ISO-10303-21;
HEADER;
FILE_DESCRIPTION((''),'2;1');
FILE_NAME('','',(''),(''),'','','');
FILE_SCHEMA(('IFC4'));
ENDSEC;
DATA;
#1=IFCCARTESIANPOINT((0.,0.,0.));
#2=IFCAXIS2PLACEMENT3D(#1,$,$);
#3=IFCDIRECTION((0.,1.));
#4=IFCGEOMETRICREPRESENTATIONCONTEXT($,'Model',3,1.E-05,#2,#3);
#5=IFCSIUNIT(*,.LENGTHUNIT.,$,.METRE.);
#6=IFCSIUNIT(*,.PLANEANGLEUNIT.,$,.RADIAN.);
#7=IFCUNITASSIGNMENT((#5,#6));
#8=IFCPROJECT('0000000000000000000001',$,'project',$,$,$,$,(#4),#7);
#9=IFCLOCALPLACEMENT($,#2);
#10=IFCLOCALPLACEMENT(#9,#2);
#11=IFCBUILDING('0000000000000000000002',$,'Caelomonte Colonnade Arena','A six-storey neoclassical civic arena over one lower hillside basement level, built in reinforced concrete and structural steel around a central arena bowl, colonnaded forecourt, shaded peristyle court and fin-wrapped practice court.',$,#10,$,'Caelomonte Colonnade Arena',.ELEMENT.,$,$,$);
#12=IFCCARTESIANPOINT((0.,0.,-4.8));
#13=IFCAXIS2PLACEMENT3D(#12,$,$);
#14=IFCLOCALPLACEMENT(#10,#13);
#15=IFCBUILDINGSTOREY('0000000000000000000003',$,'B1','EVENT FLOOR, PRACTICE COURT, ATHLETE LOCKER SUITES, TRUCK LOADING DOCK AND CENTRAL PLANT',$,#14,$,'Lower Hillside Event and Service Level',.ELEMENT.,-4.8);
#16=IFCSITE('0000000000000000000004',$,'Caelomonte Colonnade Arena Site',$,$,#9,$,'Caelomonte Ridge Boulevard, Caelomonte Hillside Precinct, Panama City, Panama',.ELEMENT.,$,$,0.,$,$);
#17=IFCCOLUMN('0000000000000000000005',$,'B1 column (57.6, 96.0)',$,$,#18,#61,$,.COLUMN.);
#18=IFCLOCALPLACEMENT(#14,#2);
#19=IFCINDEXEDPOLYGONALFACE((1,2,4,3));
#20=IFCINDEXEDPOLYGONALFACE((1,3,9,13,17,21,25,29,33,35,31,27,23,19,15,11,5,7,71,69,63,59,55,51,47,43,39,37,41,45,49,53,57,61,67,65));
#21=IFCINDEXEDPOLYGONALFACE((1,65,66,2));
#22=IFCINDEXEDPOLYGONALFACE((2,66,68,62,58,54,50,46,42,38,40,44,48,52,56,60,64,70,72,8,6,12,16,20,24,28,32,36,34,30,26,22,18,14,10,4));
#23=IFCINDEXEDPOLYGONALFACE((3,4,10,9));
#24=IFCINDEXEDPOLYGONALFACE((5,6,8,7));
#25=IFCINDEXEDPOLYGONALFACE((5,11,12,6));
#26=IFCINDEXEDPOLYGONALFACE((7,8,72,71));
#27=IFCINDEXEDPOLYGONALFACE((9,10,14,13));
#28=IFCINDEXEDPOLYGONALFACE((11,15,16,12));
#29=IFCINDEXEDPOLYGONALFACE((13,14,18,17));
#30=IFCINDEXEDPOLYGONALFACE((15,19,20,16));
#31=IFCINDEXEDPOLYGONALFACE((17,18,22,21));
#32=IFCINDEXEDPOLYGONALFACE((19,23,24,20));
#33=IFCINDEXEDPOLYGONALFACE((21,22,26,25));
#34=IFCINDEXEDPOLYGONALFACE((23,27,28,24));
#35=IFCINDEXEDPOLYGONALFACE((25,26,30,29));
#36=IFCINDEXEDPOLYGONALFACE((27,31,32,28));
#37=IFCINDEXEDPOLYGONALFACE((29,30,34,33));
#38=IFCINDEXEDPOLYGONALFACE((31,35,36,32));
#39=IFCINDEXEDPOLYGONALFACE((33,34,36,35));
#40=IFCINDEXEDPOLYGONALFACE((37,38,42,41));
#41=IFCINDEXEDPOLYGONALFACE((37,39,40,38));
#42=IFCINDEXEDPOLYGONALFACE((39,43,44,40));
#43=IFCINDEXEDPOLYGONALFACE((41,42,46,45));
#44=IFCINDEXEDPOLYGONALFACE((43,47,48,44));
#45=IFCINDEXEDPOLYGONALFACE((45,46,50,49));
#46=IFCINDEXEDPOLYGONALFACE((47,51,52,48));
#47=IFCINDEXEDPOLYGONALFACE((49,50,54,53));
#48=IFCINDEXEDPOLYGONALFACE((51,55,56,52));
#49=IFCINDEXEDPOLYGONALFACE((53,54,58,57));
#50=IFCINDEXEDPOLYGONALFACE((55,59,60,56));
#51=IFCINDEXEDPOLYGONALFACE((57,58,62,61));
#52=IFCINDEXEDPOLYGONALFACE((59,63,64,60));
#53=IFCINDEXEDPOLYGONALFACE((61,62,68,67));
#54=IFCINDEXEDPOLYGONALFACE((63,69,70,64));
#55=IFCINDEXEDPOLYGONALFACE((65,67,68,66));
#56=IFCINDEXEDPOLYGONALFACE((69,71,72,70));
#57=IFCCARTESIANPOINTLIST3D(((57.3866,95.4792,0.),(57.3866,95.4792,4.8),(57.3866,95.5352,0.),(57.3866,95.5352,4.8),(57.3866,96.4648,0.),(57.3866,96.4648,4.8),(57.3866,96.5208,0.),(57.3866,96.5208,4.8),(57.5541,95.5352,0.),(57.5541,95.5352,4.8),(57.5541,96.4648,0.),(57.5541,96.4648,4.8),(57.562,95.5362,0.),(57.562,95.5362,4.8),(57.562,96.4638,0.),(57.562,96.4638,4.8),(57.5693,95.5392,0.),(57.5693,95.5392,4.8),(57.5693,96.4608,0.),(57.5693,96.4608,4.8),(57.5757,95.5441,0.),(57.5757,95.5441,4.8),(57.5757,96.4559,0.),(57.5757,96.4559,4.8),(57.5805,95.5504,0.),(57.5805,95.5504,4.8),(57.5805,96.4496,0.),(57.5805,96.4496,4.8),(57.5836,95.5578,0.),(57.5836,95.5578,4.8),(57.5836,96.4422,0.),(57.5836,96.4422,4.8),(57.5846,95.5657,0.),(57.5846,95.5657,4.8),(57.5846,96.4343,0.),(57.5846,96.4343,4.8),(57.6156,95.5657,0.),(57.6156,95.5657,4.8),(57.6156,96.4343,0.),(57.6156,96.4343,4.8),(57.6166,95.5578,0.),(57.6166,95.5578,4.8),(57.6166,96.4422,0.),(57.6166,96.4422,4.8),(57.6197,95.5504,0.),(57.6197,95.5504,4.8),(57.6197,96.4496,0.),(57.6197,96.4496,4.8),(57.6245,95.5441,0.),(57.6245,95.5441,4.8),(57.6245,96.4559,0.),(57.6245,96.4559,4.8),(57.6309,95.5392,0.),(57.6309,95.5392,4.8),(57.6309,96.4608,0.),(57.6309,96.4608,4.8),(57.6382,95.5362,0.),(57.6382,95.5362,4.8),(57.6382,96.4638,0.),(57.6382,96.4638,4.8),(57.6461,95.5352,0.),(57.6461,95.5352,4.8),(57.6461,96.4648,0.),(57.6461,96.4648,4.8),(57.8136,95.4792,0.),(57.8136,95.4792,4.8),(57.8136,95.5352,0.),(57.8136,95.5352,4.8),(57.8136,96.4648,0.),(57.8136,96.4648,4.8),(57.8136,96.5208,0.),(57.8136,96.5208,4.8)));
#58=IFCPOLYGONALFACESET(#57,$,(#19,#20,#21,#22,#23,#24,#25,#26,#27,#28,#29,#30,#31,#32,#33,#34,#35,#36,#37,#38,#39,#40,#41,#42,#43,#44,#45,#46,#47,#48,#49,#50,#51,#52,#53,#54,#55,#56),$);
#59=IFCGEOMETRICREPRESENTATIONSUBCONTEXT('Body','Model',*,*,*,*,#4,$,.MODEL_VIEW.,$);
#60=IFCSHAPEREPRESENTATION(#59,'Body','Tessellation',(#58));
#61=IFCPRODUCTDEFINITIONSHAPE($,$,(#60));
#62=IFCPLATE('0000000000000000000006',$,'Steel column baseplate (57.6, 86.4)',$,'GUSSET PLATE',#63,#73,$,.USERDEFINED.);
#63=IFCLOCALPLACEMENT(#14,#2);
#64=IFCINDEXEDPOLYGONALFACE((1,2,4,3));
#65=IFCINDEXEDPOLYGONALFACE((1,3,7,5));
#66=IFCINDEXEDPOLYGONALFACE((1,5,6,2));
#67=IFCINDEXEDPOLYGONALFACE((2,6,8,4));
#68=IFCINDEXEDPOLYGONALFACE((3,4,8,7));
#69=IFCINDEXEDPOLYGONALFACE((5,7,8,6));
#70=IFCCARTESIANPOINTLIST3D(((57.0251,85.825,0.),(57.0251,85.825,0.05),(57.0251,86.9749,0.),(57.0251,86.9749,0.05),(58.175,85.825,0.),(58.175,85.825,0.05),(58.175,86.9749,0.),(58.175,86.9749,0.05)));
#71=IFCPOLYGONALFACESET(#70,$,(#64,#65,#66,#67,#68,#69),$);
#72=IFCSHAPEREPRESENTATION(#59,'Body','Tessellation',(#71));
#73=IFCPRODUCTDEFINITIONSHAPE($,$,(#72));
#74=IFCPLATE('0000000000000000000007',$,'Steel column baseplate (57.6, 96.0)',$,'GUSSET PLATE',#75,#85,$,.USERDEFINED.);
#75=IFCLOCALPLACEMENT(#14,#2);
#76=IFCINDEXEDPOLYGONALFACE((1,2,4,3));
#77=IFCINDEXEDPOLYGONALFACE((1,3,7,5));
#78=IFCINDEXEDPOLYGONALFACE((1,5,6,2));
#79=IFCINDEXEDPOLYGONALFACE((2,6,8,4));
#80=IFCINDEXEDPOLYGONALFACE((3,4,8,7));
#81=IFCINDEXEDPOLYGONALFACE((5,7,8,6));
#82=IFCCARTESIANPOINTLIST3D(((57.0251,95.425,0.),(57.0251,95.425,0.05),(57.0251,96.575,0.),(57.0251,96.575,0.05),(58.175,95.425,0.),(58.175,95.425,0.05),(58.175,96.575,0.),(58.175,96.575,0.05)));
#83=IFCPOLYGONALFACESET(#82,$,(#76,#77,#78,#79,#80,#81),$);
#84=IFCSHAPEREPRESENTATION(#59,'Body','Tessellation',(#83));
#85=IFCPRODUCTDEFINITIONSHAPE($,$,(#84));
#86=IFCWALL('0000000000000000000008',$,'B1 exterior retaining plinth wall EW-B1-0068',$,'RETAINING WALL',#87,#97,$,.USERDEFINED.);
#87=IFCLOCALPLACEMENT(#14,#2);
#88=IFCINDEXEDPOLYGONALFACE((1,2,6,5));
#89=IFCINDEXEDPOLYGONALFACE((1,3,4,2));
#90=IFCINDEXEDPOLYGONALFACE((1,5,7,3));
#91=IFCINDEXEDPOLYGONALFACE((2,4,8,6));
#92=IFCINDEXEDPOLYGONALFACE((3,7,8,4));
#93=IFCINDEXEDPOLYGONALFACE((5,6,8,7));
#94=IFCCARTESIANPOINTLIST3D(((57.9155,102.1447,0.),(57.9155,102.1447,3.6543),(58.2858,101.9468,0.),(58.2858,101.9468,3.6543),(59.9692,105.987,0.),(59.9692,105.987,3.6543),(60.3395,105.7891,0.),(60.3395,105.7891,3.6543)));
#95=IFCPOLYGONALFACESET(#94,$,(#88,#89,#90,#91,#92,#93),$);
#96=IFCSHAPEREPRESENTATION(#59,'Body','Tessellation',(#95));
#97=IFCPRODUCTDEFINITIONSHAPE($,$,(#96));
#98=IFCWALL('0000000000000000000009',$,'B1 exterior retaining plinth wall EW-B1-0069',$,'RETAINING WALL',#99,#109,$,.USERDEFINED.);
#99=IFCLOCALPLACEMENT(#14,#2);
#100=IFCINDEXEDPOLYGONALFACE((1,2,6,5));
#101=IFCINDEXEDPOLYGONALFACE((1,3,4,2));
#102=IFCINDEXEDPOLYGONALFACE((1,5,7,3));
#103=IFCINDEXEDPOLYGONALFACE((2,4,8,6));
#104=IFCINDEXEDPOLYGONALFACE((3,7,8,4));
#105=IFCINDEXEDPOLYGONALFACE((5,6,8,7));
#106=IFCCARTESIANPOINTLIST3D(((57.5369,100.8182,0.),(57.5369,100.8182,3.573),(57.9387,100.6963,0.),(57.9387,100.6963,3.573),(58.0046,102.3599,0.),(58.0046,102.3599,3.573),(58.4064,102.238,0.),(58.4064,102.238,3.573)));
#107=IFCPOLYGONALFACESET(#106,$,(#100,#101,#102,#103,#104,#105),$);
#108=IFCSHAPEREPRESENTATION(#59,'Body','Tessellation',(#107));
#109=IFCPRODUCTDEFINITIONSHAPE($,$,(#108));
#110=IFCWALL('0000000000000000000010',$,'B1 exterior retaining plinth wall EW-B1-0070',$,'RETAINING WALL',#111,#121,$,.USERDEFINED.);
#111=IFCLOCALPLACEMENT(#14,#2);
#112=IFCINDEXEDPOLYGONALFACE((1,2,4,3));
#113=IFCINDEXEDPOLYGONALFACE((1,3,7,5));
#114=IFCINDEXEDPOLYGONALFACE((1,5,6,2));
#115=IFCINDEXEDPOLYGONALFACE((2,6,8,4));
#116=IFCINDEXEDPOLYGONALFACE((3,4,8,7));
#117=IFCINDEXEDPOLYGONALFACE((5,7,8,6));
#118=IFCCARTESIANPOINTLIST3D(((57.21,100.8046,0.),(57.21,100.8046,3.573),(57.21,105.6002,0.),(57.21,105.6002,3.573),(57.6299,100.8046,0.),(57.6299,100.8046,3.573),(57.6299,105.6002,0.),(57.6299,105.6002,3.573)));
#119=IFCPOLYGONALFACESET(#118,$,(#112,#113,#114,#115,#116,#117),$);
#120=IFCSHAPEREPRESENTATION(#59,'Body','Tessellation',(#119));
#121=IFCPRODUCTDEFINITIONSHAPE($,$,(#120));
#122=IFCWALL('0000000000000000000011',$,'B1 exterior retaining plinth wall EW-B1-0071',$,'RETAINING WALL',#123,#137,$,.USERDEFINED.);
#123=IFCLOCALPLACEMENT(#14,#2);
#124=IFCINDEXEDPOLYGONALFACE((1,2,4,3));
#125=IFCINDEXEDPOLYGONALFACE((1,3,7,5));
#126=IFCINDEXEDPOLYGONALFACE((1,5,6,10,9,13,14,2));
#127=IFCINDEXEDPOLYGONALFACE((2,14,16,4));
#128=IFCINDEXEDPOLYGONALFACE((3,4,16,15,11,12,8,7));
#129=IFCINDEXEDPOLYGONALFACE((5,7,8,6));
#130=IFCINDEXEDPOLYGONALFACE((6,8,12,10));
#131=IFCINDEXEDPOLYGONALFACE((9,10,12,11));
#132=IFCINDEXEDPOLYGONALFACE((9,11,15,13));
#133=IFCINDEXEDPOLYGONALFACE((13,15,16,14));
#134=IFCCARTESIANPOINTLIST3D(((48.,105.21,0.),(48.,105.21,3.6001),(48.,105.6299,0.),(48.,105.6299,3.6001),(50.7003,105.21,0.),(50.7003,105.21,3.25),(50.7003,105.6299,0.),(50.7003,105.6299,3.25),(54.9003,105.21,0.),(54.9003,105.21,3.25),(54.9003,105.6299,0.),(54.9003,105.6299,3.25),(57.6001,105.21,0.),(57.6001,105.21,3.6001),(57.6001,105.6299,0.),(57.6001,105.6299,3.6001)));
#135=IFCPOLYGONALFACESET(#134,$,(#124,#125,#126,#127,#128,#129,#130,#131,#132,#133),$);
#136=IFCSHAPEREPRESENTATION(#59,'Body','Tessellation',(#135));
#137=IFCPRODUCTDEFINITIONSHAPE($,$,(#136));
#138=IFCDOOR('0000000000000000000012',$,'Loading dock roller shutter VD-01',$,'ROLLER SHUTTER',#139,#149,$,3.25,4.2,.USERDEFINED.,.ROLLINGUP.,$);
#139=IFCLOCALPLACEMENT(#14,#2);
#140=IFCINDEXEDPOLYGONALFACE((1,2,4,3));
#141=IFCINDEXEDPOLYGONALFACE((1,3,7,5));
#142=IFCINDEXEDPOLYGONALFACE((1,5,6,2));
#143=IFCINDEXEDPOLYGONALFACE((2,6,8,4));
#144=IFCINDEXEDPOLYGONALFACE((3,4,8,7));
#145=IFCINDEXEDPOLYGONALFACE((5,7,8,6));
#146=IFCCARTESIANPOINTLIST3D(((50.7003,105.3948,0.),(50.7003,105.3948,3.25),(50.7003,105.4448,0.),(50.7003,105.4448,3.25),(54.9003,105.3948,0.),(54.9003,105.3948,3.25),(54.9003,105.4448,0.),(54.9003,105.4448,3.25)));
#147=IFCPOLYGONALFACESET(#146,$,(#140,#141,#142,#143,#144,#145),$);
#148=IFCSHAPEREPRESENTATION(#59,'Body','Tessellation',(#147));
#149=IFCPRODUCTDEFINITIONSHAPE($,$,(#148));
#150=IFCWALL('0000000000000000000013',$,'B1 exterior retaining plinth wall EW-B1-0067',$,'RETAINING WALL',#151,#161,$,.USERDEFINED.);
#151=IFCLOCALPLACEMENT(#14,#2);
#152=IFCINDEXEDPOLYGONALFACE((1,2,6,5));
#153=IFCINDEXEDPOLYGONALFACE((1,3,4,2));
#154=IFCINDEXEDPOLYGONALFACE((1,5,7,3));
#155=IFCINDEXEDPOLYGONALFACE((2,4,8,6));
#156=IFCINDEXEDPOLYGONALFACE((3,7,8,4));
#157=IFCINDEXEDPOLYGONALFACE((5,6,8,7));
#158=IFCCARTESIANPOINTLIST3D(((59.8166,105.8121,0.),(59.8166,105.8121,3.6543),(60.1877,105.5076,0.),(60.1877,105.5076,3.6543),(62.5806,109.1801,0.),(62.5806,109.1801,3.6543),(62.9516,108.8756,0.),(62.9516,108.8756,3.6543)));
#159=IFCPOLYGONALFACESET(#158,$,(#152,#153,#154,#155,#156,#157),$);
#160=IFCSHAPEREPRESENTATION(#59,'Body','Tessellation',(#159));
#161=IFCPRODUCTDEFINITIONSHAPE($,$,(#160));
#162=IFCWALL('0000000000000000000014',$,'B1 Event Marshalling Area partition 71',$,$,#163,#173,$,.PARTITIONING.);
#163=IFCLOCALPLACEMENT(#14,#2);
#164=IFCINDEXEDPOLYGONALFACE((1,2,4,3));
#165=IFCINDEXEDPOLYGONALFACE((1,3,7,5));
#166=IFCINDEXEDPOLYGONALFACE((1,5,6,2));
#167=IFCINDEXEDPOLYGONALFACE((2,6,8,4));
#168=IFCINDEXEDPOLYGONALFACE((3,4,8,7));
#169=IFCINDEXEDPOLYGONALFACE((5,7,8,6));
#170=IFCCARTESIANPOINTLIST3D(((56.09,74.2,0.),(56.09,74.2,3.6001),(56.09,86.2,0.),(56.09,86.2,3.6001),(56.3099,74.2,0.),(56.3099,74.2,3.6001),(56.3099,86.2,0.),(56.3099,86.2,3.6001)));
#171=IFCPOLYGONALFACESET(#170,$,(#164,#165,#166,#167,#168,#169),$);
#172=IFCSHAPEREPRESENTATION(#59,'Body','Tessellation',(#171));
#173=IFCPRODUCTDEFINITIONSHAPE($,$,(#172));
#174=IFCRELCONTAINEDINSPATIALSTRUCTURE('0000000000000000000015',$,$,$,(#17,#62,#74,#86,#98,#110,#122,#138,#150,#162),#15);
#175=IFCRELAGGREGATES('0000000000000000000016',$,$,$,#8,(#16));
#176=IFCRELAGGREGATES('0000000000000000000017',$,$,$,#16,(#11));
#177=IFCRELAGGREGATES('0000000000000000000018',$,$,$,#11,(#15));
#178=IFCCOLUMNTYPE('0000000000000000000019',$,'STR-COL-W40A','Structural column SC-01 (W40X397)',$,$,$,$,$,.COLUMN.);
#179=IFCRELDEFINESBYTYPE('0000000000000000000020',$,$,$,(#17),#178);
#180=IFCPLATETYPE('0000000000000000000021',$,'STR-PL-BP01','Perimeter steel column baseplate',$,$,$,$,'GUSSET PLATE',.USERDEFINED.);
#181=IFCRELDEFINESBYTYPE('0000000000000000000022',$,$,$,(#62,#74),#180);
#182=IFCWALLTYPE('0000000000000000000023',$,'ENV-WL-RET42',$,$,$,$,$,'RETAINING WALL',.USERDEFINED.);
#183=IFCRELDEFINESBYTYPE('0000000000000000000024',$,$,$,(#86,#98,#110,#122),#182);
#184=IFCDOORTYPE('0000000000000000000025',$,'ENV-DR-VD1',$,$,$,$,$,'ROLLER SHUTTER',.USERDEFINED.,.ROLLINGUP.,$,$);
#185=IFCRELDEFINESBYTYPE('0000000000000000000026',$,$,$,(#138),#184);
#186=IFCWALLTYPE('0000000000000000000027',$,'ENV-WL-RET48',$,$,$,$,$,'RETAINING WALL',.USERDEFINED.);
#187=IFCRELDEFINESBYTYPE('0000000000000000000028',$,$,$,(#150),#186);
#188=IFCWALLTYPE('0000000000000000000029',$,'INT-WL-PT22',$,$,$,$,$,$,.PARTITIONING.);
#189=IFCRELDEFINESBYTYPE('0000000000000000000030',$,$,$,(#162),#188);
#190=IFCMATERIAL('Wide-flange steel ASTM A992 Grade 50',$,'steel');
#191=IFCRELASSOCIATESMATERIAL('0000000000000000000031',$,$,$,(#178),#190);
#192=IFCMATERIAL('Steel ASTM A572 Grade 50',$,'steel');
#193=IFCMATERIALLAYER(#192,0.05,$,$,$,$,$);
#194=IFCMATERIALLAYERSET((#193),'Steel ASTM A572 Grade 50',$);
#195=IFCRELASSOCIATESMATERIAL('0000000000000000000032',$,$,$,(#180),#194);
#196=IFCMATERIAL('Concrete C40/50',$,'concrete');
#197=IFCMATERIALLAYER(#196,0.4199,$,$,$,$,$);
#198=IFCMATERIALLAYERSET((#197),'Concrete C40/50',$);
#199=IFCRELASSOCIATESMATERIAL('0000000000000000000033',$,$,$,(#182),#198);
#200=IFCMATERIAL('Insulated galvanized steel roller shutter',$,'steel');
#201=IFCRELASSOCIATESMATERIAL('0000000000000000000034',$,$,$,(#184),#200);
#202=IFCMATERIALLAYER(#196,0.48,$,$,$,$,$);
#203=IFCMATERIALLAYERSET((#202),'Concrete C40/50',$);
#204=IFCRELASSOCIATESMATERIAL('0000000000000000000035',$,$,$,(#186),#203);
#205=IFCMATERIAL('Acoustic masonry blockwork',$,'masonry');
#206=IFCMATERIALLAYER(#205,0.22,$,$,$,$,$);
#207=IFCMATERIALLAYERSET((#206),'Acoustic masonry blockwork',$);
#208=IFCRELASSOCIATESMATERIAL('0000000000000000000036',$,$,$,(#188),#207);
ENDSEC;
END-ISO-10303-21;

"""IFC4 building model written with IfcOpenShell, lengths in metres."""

from ifc_helpers import new_model, si_unit, direction, frame, frame_2d, origin, origin_2d, place, context, subcontext, project, spatial, rectangle, i_section, extrude, material, layer, layer_set, material_profile, profile_set, type_object, element, fill, save


model = new_model("IFC4")

# Units and contexts
model_context = context("Model", 3, precision=1e-05, world=origin(), true_north=direction((0.0, 1.0)))
body_context = subcontext(model_context, "Body", "Model", "MODEL_VIEW")
ifc_project = project(units=[si_unit("LENGTHUNIT", "METRE"), si_unit("PLANEANGLEUNIT", "RADIAN")], contexts=[model_context])

# Site, building, storey
site_placement = place(None, origin())
site = spatial("IfcSite", under=ifc_project, at=site_placement, Name="Caelomonte Colonnade Arena Site", LongName="Caelomonte Ridge Boulevard, Caelomonte Hillside Precinct, Panama City, Panama", CompositionType="ELEMENT", RefElevation=0.0)
building_placement = place(site_placement, origin())
building = spatial("IfcBuilding", under=site, at=building_placement, Name="Caelomonte Colonnade Arena", Description="A six-storey neoclassical civic arena over one lower hillside basement level, built in reinforced concrete and structural steel around a central arena bowl, colonnaded forecourt, shaded peristyle court and fin-wrapped practice court.", LongName="Caelomonte Colonnade Arena", CompositionType="ELEMENT")
storey_placement = place(building_placement, frame((0.0, 0.0, -4.8)))
storey = spatial("IfcBuildingStorey", under=building, at=storey_placement, Name="B1", Description="EVENT FLOOR, PRACTICE COURT, ATHLETE LOCKER SUITES, TRUCK LOADING DOCK AND CENTRAL PLANT", LongName="Lower Hillside Event and Service Level", CompositionType="ELEMENT", Elevation=-4.8)

# Shared definitions
ifc_material_1 = material(Name="Concrete C40/50", Category="concrete")

# Column
ifc_material_2 = material(Name="Wide-flange steel ASTM A992 Grade 50", Category="steel")
ifc_material_profile_1 = material_profile(ifc_material_2, i_section(OverallWidth=0.427, OverallDepth=1.0415, WebThickness=0.031, FlangeThickness=0.0559, FilletRadius=0.0305, at=origin_2d()), Name="W40X397")
ifc_profile_set_1 = profile_set([ifc_material_profile_1], Name="Wide-flange steel ASTM A992 Grade 50")
column_type_1 = type_object("IfcColumnType", Name="STR-COL-W40A", Description="Structural column SC-01 (W40X397)", PredefinedType="COLUMN", material=ifc_profile_set_1)
for number, where, z_axis, x_axis, name in (
    (1, (57.6001, 96.0, 0.0), (0.0, 0.0, 1.0), (1.0, 0.0, 0.0), "B1 column (57.6, 96.0)"),
):
    element("IfcColumn", number, at=place(storey_placement, frame(where, z_axis=z_axis, x_axis=x_axis)), inside=storey, type_object=column_type_1, Name=name, PredefinedType="COLUMN", context=body_context, shape_type="SweptSolid", body=[
        extrude(i_section(OverallWidth=0.427, OverallDepth=1.0415, WebThickness=0.031, FlangeThickness=0.0559, FilletRadius=0.0305, at=origin_2d()), origin(), (0.0, 0.0, 1.0), 4.8),
    ])

# Plates
ifc_material_3 = material(Name="Steel ASTM A572 Grade 50", Category="steel")
ifc_layer_1 = layer(ifc_material_3, 0.05)
ifc_layer_set_1 = layer_set([ifc_layer_1], Name="Steel ASTM A572 Grade 50")
plate_type = type_object("IfcPlateType", Name="STR-PL-BP01", Description="Perimeter steel column baseplate", ElementType="GUSSET PLATE", PredefinedType="USERDEFINED", material=ifc_layer_set_1)
for number, where, z_axis, x_axis, name in (
    (2, (57.6001, 86.3999, 0.0), (0.0, 0.0, 1.0), (1.0, 0.0, 0.0), "Steel column baseplate (57.6, 86.4)"),
    (3, (57.6001, 96.0, 0.0), (0.0, 0.0, 1.0), (1.0, 0.0, 0.0), "Steel column baseplate (57.6, 96.0)"),
):
    element("IfcPlate", number, at=place(storey_placement, frame(where, z_axis=z_axis, x_axis=x_axis)), inside=storey, type_object=plate_type, Name=name, ObjectType="GUSSET PLATE", PredefinedType="USERDEFINED", context=body_context, shape_type="SweptSolid", body=[
        extrude(rectangle(XDim=1.1499, YDim=1.1499, at=origin_2d()), origin(), (0.0, 0.0, 1.0), 0.05),
    ])

# Walls
ifc_layer_2 = layer(ifc_material_1, 0.4199)
ifc_layer_set_2 = layer_set([ifc_layer_2], Name="Concrete C40/50")
wall_type_1 = type_object("IfcWallType", Name="ENV-WL-RET42", ElementType="RETAINING WALL", PredefinedType="USERDEFINED", material=ifc_layer_set_2)
wall_1_placement = place(storey_placement, frame((60.1543, 105.8879, 0.0), z_axis=(0.0, 0.0, 1.0), x_axis=(-0.471391, -0.881924, 0.0)))
element("IfcWall", 4, at=wall_1_placement, inside=storey, type_object=wall_type_1, Name="B1 exterior retaining plinth wall EW-B1-0068", ObjectType="RETAINING WALL", PredefinedType="USERDEFINED", context=body_context, shape_type="SweptSolid", body=[
    extrude(rectangle(XDim=4.3567, YDim=0.4199, at=frame_2d((2.1782, 0.0))), origin(), (0.0, 0.0, 1.0), 3.6543),
])
wall_2_placement = place(storey_placement, frame((58.2056, 102.2991, 0.0), z_axis=(0.0, 0.0, 1.0), x_axis=(-0.290335, -0.956925, 0.0)))
element("IfcWall", 5, at=wall_2_placement, inside=storey, type_object=wall_type_1, Name="B1 exterior retaining plinth wall EW-B1-0069", ObjectType="RETAINING WALL", PredefinedType="USERDEFINED", context=body_context, shape_type="SweptSolid", body=[
    extrude(rectangle(XDim=1.6111, YDim=0.4199, at=frame_2d((0.8057, 0.0))), origin(), (0.0, 0.0, 1.0), 3.573),
])
wall_3_placement = place(storey_placement, frame((57.4199, 100.8044, 0.0), z_axis=(0.0, 0.0, 1.0), x_axis=(0.0, 1.0, 0.0)))
element("IfcWall", 6, at=wall_3_placement, inside=storey, type_object=wall_type_1, Name="B1 exterior retaining plinth wall EW-B1-0070", ObjectType="RETAINING WALL", PredefinedType="USERDEFINED", context=body_context, shape_type="SweptSolid", body=[
    extrude(rectangle(XDim=4.7957, YDim=0.4199, at=frame_2d((2.3979, 0.0))), origin(), (0.0, 0.0, 1.0), 3.573),
])

# Wall, opening, door
wall_4_placement = place(storey_placement, frame((57.6001, 105.4199, 0.0), z_axis=(0.0, 0.0, 1.0), x_axis=(-1.0, 0.0, 0.0)))
wall_4 = element("IfcWall", 7, at=wall_4_placement, inside=storey, type_object=wall_type_1, Name="B1 exterior retaining plinth wall EW-B1-0071", ObjectType="RETAINING WALL", PredefinedType="USERDEFINED", context=body_context, shape_type="SweptSolid", body=[
    extrude(rectangle(XDim=9.6001, YDim=0.4199, at=frame_2d((4.8, 0.0))), origin(), (0.0, 0.0, 1.0), 3.6001),
])
opening_1_placement = place(wall_4_placement, frame((6.8999, 0.0, 0.0), z_axis=(0.0, 0.0, 1.0), x_axis=(-1.0, 0.0, 0.0)))
opening_1 = element("IfcOpeningElement", 8, at=opening_1_placement, cuts=wall_4, PredefinedType="OPENING", context=body_context, shape_type="SweptSolid", body=[
    extrude(rectangle(XDim=4.2, YDim=3.25, at=frame_2d((2.1001, 1.625))), frame((0.0, 0.22, 0.0), z_axis=(0.0, -1.0, 0.0), x_axis=(1.0, 0.0, 0.0)), (0.0, 0.0, 1.0), 0.4399),
])
ifc_material_4 = material(Name="Insulated galvanized steel roller shutter", Category="steel")
door_type_1 = type_object("IfcDoorType", Name="ENV-DR-VD1", ElementType="ROLLER SHUTTER", OperationType="ROLLINGUP", PredefinedType="USERDEFINED", material=ifc_material_4)
door_1_placement = place(opening_1_placement, origin())
door_1 = element("IfcDoor", 9, at=door_1_placement, inside=storey, type_object=door_type_1, Name="Loading dock roller shutter VD-01", ObjectType="ROLLER SHUTTER", OperationType="ROLLINGUP", OverallHeight=3.25, OverallWidth=4.2, PredefinedType="USERDEFINED", context=body_context, shape_type="SweptSolid", body=[
    extrude(rectangle(XDim=4.2, YDim=3.25, at=frame_2d((2.1001, 1.625))), frame((0.0, 0.0249, 0.0), z_axis=(0.0, -1.0, 0.0), x_axis=(1.0, 0.0, 0.0)), (0.0, 0.0, 1.0), 0.05),
])
fill(opening_1, door_1)

# Walls
ifc_layer_3 = layer(ifc_material_1, 0.48)
ifc_layer_set_3 = layer_set([ifc_layer_3], Name="Concrete C40/50")
wall_type_2 = type_object("IfcWallType", Name="ENV-WL-RET48", ElementType="RETAINING WALL", PredefinedType="USERDEFINED", material=ifc_layer_set_3)
wall_5_placement = place(storey_placement, frame((62.7661, 109.0278, 0.0), z_axis=(0.0, 0.0, 1.0), x_axis=(-0.634384, -0.773018, 0.0)))
element("IfcWall", 10, at=wall_5_placement, inside=storey, type_object=wall_type_2, Name="B1 exterior retaining plinth wall EW-B1-0067", ObjectType="RETAINING WALL", PredefinedType="USERDEFINED", context=body_context, shape_type="SweptSolid", body=[
    extrude(rectangle(XDim=4.3569, YDim=0.48, at=frame_2d((2.1785, 0.0))), origin(), (0.0, 0.0, 1.0), 3.6543),
])
ifc_material_5 = material(Name="Acoustic masonry blockwork", Category="masonry")
ifc_layer_4 = layer(ifc_material_5, 0.22)
ifc_layer_set_4 = layer_set([ifc_layer_4], Name="Acoustic masonry blockwork")
wall_type_3 = type_object("IfcWallType", Name="INT-WL-PT22", PredefinedType="PARTITIONING", material=ifc_layer_set_4)
wall_6_placement = place(storey_placement, frame((56.2, 86.2, 0.0), z_axis=(0.0, 0.0, 1.0), x_axis=(0.0, -1.0, 0.0)))
element("IfcWall", 11, at=wall_6_placement, inside=storey, type_object=wall_type_3, Name="B1 Event Marshalling Area partition 71", PredefinedType="PARTITIONING", context=body_context, shape_type="SweptSolid", body=[
    extrude(rectangle(XDim=12.0, YDim=0.22, at=frame_2d((6.0, 0.0))), origin(), (0.0, 0.0, 1.0), 3.6001),
])

save(model, "model.ifc")
